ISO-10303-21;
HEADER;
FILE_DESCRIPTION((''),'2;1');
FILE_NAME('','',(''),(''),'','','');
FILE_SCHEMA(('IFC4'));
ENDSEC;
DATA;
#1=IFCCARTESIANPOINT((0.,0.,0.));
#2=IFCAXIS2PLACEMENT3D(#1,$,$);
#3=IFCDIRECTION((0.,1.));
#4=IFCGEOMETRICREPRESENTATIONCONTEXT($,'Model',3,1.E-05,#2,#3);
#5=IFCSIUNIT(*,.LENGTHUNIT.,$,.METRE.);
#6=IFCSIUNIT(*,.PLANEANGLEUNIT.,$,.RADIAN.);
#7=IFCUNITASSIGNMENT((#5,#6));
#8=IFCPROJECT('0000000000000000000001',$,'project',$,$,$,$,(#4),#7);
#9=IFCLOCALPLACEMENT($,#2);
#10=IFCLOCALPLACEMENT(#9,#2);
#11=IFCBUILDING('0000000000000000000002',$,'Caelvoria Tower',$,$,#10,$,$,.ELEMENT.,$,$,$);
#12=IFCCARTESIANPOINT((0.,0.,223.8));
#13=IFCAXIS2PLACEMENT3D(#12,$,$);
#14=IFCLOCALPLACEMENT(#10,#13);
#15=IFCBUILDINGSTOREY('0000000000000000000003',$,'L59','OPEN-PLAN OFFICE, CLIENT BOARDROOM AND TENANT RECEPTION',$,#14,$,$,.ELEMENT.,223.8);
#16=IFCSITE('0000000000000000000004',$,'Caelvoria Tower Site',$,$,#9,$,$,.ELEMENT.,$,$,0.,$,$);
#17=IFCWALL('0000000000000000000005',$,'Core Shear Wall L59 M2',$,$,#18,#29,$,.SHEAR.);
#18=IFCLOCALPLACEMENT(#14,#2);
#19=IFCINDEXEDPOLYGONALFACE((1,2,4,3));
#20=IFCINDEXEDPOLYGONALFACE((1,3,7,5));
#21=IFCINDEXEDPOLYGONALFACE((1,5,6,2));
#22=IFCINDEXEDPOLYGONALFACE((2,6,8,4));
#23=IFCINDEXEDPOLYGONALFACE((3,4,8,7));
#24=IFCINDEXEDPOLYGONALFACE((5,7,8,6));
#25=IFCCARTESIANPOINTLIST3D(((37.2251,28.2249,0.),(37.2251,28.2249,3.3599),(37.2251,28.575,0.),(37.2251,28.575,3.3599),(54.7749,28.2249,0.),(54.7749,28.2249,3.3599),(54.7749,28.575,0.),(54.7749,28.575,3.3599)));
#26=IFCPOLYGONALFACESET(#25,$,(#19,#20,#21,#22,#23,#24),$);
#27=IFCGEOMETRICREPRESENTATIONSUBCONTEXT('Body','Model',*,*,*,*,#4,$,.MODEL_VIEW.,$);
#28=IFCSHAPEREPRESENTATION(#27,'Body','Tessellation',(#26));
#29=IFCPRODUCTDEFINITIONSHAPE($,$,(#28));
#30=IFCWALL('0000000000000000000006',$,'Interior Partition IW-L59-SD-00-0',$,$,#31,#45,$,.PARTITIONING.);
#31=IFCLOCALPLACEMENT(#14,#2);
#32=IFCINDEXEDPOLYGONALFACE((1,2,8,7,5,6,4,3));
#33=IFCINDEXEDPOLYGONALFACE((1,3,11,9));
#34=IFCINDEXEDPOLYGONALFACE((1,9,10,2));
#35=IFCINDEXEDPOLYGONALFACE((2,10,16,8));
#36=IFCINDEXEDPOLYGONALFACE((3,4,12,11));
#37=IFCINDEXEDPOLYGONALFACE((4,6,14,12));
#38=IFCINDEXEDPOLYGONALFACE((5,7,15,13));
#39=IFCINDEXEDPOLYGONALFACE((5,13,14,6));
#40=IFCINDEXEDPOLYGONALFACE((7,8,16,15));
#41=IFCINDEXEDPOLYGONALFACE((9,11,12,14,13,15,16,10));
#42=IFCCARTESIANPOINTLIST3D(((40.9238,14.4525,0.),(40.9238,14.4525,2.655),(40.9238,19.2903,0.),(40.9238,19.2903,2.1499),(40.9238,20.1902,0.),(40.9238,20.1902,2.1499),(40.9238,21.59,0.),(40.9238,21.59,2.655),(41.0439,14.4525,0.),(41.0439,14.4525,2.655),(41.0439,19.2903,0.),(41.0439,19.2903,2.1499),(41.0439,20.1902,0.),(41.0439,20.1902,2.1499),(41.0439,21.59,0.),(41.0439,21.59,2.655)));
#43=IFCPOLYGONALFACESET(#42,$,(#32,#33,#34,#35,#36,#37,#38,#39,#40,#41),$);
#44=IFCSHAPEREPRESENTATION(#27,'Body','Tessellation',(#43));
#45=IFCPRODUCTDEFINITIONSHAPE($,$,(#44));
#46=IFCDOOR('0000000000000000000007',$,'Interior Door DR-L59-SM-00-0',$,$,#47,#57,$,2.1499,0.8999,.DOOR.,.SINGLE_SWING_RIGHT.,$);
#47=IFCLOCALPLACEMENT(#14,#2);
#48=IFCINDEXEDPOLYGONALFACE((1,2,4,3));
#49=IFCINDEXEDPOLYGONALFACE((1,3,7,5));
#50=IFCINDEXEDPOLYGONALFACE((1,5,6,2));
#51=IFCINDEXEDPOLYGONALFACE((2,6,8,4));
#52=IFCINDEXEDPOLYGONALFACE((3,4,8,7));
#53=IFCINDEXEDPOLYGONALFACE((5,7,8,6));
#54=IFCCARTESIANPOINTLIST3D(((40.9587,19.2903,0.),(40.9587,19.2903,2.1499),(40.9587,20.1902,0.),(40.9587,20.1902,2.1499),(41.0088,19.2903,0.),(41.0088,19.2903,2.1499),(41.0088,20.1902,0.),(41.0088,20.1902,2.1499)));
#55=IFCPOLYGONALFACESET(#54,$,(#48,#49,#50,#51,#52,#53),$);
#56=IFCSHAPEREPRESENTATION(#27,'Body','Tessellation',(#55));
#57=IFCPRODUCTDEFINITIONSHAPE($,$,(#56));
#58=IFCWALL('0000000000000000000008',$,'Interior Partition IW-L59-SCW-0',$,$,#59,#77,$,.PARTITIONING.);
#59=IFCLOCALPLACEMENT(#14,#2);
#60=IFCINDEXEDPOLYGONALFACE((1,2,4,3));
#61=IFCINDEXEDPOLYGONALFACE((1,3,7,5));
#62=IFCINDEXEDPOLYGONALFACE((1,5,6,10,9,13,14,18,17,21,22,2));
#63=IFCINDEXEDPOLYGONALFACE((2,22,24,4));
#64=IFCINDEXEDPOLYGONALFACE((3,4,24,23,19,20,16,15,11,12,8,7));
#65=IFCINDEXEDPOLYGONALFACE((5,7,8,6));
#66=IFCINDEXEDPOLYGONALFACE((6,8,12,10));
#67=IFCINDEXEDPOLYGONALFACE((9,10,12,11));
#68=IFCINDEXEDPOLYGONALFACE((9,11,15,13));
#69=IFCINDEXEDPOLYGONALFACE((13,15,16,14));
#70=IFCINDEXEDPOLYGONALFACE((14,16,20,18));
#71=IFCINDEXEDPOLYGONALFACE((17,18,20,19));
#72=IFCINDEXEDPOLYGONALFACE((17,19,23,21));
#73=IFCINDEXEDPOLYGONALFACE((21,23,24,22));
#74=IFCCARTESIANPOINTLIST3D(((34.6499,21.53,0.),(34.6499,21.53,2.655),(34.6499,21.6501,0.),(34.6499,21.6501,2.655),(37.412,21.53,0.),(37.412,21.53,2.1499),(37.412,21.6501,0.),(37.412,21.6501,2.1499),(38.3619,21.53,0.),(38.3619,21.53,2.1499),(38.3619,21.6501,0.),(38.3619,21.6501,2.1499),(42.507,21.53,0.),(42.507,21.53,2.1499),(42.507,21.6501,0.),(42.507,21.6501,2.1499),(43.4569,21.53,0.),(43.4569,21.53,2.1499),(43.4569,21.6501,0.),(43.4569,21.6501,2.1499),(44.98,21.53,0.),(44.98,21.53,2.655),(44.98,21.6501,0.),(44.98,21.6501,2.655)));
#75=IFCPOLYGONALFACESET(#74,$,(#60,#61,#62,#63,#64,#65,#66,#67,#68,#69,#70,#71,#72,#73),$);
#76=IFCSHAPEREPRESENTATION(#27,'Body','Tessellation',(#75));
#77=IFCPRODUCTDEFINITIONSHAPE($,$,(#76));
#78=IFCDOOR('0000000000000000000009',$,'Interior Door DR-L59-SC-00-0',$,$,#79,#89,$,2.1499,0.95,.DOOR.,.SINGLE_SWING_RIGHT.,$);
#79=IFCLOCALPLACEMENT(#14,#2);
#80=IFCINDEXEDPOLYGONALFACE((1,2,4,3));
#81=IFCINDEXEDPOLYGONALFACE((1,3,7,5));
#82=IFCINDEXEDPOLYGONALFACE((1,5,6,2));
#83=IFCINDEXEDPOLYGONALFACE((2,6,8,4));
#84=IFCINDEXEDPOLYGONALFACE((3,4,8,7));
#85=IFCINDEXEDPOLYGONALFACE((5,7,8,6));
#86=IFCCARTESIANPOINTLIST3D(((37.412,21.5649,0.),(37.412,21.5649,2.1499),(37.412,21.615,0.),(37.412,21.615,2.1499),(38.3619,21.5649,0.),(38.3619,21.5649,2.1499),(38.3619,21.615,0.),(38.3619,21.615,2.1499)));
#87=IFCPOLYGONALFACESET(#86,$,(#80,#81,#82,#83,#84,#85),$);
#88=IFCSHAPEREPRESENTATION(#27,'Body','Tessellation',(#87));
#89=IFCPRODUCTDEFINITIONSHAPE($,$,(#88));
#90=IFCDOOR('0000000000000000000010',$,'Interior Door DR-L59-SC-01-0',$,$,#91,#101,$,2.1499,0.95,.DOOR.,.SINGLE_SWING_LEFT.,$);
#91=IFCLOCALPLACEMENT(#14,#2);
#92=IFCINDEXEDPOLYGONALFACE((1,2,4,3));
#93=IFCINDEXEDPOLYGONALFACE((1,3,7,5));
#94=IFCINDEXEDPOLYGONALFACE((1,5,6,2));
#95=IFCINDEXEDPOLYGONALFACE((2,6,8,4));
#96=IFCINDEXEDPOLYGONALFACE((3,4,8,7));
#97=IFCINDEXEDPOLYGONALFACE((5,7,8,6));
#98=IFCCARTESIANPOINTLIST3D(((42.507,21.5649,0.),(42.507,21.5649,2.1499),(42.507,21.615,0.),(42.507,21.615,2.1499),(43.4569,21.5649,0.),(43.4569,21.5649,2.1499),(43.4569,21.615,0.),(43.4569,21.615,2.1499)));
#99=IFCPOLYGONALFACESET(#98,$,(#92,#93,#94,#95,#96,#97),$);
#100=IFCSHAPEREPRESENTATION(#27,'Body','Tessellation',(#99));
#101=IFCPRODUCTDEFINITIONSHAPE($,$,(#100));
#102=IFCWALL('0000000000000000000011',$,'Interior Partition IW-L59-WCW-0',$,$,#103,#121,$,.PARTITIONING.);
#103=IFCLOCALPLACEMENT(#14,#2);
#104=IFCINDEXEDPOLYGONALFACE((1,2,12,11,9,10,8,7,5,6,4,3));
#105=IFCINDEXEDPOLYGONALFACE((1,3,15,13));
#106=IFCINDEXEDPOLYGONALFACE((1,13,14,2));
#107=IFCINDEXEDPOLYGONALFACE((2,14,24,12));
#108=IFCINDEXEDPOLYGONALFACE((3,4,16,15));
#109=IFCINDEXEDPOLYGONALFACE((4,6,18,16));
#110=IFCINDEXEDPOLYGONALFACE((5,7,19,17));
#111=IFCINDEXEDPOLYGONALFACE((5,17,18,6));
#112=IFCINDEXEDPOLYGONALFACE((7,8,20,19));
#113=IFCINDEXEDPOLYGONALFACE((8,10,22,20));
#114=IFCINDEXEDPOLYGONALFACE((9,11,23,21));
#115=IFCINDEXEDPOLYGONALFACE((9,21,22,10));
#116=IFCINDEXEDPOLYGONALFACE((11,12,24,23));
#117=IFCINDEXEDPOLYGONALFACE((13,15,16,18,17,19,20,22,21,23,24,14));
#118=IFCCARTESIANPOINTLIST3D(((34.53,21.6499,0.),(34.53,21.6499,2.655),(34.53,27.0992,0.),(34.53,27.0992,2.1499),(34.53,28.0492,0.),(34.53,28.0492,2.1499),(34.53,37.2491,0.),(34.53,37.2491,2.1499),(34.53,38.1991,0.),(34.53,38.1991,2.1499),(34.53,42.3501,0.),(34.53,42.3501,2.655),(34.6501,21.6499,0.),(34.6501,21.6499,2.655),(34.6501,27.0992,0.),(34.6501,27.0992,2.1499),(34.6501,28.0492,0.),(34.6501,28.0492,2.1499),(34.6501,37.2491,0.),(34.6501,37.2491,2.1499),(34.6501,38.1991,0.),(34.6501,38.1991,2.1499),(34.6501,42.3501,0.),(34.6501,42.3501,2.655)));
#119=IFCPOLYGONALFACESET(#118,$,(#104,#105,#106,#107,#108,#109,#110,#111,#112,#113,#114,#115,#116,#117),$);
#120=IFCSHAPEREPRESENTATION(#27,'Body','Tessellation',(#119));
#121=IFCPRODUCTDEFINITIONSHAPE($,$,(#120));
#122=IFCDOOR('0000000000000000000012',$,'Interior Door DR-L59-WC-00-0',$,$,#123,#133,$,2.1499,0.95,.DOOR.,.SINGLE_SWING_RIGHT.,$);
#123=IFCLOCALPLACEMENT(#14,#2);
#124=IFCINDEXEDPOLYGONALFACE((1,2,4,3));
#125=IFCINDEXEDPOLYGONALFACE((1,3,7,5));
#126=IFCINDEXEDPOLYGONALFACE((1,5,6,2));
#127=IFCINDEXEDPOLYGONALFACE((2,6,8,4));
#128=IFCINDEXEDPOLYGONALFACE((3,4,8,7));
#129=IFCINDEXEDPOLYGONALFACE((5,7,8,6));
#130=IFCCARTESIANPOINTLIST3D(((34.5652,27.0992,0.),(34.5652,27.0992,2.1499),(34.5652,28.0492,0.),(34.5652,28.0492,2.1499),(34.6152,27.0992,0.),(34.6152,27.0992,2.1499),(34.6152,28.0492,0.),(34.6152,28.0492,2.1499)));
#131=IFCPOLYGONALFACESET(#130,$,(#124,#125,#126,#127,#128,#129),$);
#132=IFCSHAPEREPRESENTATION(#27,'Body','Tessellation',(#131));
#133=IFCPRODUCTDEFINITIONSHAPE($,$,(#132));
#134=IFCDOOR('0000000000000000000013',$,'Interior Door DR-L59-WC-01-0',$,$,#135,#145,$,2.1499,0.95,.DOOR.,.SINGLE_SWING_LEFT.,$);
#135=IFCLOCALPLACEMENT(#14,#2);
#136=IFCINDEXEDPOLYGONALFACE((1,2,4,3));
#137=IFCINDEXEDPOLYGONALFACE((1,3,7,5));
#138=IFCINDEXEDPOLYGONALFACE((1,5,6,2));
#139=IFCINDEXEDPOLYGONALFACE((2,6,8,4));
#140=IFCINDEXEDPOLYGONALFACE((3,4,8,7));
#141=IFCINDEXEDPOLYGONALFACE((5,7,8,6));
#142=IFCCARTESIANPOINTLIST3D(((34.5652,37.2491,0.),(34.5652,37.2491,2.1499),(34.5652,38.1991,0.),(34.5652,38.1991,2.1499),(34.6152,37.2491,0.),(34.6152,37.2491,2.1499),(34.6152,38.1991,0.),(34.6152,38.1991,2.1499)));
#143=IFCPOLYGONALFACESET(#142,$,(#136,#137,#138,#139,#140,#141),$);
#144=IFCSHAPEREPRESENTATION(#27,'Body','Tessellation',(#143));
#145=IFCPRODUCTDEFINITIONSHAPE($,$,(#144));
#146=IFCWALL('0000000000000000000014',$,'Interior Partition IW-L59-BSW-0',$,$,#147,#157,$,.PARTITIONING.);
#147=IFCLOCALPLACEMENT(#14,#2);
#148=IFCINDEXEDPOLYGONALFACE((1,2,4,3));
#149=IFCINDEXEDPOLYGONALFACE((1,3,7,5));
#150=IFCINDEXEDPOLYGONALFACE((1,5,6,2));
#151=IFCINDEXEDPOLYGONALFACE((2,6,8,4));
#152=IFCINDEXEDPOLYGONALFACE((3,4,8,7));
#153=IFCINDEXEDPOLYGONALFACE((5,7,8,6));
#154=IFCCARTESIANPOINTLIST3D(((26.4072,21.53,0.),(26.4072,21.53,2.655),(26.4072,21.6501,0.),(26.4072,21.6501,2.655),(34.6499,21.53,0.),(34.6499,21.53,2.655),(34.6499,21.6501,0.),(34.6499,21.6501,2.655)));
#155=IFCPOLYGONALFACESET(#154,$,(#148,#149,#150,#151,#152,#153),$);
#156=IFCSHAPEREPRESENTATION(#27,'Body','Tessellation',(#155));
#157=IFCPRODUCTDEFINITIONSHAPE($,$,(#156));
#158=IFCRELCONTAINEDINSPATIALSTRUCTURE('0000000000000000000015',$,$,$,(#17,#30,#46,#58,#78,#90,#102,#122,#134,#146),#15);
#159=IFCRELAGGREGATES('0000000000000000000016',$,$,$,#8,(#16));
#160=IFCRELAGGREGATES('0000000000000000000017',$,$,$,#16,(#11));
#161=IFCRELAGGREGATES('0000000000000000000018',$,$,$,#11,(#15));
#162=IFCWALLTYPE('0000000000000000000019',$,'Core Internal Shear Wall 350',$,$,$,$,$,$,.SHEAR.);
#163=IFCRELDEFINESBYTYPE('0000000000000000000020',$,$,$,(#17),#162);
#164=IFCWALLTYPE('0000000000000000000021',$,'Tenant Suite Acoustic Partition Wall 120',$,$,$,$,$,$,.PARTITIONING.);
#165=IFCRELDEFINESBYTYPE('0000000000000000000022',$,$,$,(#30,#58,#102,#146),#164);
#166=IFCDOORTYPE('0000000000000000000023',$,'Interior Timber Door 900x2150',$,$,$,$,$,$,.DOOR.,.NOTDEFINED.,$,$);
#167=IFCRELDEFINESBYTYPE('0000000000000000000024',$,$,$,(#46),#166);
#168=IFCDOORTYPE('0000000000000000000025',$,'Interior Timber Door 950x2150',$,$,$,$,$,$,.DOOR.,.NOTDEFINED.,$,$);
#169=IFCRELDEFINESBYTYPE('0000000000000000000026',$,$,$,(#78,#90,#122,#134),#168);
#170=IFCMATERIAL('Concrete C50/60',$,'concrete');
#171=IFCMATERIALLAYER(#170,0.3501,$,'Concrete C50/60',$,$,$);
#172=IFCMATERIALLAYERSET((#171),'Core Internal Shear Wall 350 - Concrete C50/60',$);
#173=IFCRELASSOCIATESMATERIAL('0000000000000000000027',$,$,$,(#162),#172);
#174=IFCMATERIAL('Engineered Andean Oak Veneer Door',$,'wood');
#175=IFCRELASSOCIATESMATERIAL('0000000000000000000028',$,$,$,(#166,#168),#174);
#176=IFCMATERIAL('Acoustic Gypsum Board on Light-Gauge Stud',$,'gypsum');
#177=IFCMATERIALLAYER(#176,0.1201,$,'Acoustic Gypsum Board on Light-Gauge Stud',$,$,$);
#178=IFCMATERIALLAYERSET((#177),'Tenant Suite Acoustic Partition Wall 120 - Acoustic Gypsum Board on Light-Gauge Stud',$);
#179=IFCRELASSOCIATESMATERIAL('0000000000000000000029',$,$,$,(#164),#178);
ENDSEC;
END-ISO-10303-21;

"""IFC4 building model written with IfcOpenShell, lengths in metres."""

from ifc_helpers import new_model, si_unit, direction, frame, frame_2d, origin, place, context, subcontext, project, spatial, rectangle, extrude, material, layer, layer_set, type_object, element, fill, save


model = new_model("IFC4")

# Units and contexts
model_context = context("Model", 3, precision=1e-05, world=origin(), true_north=direction((0.0, 1.0)))
body_context = subcontext(model_context, "Body", "Model", "MODEL_VIEW")
ifc_project = project(units=[si_unit("LENGTHUNIT", "METRE"), si_unit("PLANEANGLEUNIT", "RADIAN")], contexts=[model_context])

# Site, building, storey
site_placement = place(None, origin())
site = spatial("IfcSite", under=ifc_project, at=site_placement, Name="Caelvoria Tower Site", CompositionType="ELEMENT", RefElevation=0.0)
building_placement = place(site_placement, origin())
building = spatial("IfcBuilding", under=site, at=building_placement, Name="Caelvoria Tower", CompositionType="ELEMENT")
storey_placement = place(building_placement, frame((0.0, 0.0, 223.8)))
storey = spatial("IfcBuildingStorey", under=building, at=storey_placement, Name="L59", Description="OPEN-PLAN OFFICE, CLIENT BOARDROOM AND TENANT RECEPTION", CompositionType="ELEMENT", Elevation=223.8)

# Wall
ifc_material_1 = material(Name="Concrete C50/60", Category="concrete")
ifc_layer_1 = layer(ifc_material_1, 0.3501, Name="Concrete C50/60")
ifc_layer_set_1 = layer_set([ifc_layer_1], Name="Core Internal Shear Wall 350 - Concrete C50/60")
wall_type_1 = type_object("IfcWallType", Name="Core Internal Shear Wall 350", PredefinedType="SHEAR", material=ifc_layer_set_1)
wall_1_placement = place(storey_placement, frame((37.2251, 28.3999, 0.0), z_axis=(0.0, 0.0, 1.0), x_axis=(1.0, 0.0, 0.0)))
element("IfcWall", 1, at=wall_1_placement, inside=storey, type_object=wall_type_1, Name="Core Shear Wall L59 M2", PredefinedType="SHEAR", context=body_context, shape_type="SweptSolid", body=[
    extrude(rectangle(XDim=17.5498, YDim=0.3501, at=frame_2d((8.7749, 0.0))), origin(), (0.0, 0.0, 1.0), 3.3599),
])

# Wall, opening, door
ifc_material_2 = material(Name="Engineered Andean Oak Veneer Door", Category="wood")
door_type_1 = type_object("IfcDoorType", Name="Interior Timber Door 900x2150", OperationType="NOTDEFINED", PredefinedType="DOOR", material=ifc_material_2)
ifc_material_3 = material(Name="Acoustic Gypsum Board on Light-Gauge Stud", Category="gypsum")
ifc_layer_2 = layer(ifc_material_3, 0.1201, Name="Acoustic Gypsum Board on Light-Gauge Stud")
ifc_layer_set_2 = layer_set([ifc_layer_2], Name="Tenant Suite Acoustic Partition Wall 120 - Acoustic Gypsum Board on Light-Gauge Stud")
wall_type_2 = type_object("IfcWallType", Name="Tenant Suite Acoustic Partition Wall 120", PredefinedType="PARTITIONING", material=ifc_layer_set_2)
wall_2_placement = place(storey_placement, frame((40.9839, 21.5901, 0.0), z_axis=(0.0, 0.0, 1.0), x_axis=(0.0, -1.0, 0.0)))
wall_2 = element("IfcWall", 2, at=wall_2_placement, inside=storey, type_object=wall_type_2, Name="Interior Partition IW-L59-SD-00-0", PredefinedType="PARTITIONING", context=body_context, shape_type="SweptSolid", body=[
    extrude(rectangle(XDim=7.1375, YDim=0.1201, at=frame_2d((3.5688, 0.0))), origin(), (0.0, 0.0, 1.0), 2.655),
])
opening_1_placement = place(wall_2_placement, frame((1.3999, 0.0, 0.0)))
opening_1 = element("IfcOpeningElement", 3, at=opening_1_placement, cuts=wall_2, PredefinedType="OPENING", context=body_context, shape_type="SweptSolid", body=[
    extrude(rectangle(XDim=0.8999, YDim=2.1499, at=frame_2d((0.45, 1.075))), frame((0.0, 0.0701, 0.0), z_axis=(0.0, -1.0, 0.0), x_axis=(1.0, 0.0, 0.0)), (0.0, 0.0, 1.0), 0.1401),
])
door_1_placement = place(opening_1_placement, origin())
door_1 = element("IfcDoor", 4, at=door_1_placement, inside=storey, type_object=door_type_1, Name="Interior Door DR-L59-SM-00-0", OperationType="SINGLE_SWING_RIGHT", OverallHeight=2.1499, OverallWidth=0.8999, PredefinedType="DOOR", context=body_context, shape_type="SweptSolid", body=[
    extrude(rectangle(XDim=0.8999, YDim=2.1499, at=frame_2d((0.45, 1.075))), frame((0.0, 0.0249, 0.0), z_axis=(0.0, -1.0, 0.0), x_axis=(1.0, 0.0, 0.0)), (0.0, 0.0, 1.0), 0.05),
])
fill(opening_1, door_1)

# Walls, openings, doors
wall_3_placement = place(storey_placement, frame((34.6499, 21.5901, 0.0), z_axis=(0.0, 0.0, 1.0), x_axis=(1.0, 0.0, 0.0)))
wall_3 = element("IfcWall", 5, at=wall_3_placement, inside=storey, type_object=wall_type_2, Name="Interior Partition IW-L59-SCW-0", PredefinedType="PARTITIONING", context=body_context, shape_type="SweptSolid", body=[
    extrude(rectangle(XDim=10.3301, YDim=0.1201, at=frame_2d((5.165, 0.0))), origin(), (0.0, 0.0, 1.0), 2.655),
])
opening_2_placement = place(wall_3_placement, frame((2.762, 0.0, 0.0)))
opening_2 = element("IfcOpeningElement", 6, at=opening_2_placement, cuts=wall_3, PredefinedType="OPENING", context=body_context, shape_type="SweptSolid", body=[
    extrude(rectangle(XDim=0.95, YDim=2.1499, at=frame_2d((0.4751, 1.075))), frame((0.0, 0.0701, 0.0), z_axis=(0.0, -1.0, 0.0), x_axis=(1.0, 0.0, 0.0)), (0.0, 0.0, 1.0), 0.1401),
])
opening_3_placement = place(wall_3_placement, frame((7.8569, 0.0, 0.0)))
opening_3 = element("IfcOpeningElement", 7, at=opening_3_placement, cuts=wall_3, PredefinedType="OPENING", context=body_context, shape_type="SweptSolid", body=[
    extrude(rectangle(XDim=0.95, YDim=2.1499, at=frame_2d((0.4751, 1.075))), frame((0.0, 0.0701, 0.0), z_axis=(0.0, -1.0, 0.0), x_axis=(1.0, 0.0, 0.0)), (0.0, 0.0, 1.0), 0.1401),
])
door_type_2 = type_object("IfcDoorType", Name="Interior Timber Door 950x2150", OperationType="NOTDEFINED", PredefinedType="DOOR", material=ifc_material_2)
door_2_placement = place(opening_2_placement, origin())
door_2 = element("IfcDoor", 8, at=door_2_placement, inside=storey, type_object=door_type_2, Name="Interior Door DR-L59-SC-00-0", OperationType="SINGLE_SWING_RIGHT", OverallHeight=2.1499, OverallWidth=0.95, PredefinedType="DOOR", context=body_context, shape_type="SweptSolid", body=[
    extrude(rectangle(XDim=0.95, YDim=2.1499, at=frame_2d((0.4751, 1.075))), frame((0.0, 0.0249, 0.0), z_axis=(0.0, -1.0, 0.0), x_axis=(1.0, 0.0, 0.0)), (0.0, 0.0, 1.0), 0.05),
])
fill(opening_2, door_2)
door_3_placement = place(opening_3_placement, origin())
door_3 = element("IfcDoor", 9, at=door_3_placement, inside=storey, type_object=door_type_2, Name="Interior Door DR-L59-SC-01-0", OperationType="SINGLE_SWING_LEFT", OverallHeight=2.1499, OverallWidth=0.95, PredefinedType="DOOR", context=body_context, shape_type="SweptSolid", body=[
    extrude(rectangle(XDim=0.95, YDim=2.1499, at=frame_2d((0.4751, 1.075))), frame((0.0, 0.0249, 0.0), z_axis=(0.0, -1.0, 0.0), x_axis=(1.0, 0.0, 0.0)), (0.0, 0.0, 1.0), 0.05),
])
fill(opening_3, door_3)
wall_4_placement = place(storey_placement, frame((34.5901, 21.6499, 0.0), z_axis=(0.0, 0.0, 1.0), x_axis=(0.0, 1.0, 0.0)))
wall_4 = element("IfcWall", 10, at=wall_4_placement, inside=storey, type_object=wall_type_2, Name="Interior Partition IW-L59-WCW-0", PredefinedType="PARTITIONING", context=body_context, shape_type="SweptSolid", body=[
    extrude(rectangle(XDim=20.7002, YDim=0.1201, at=frame_2d((10.3501, 0.0))), origin(), (0.0, 0.0, 1.0), 2.655),
])
opening_4_placement = place(wall_4_placement, frame((5.4492, 0.0, 0.0)))
opening_4 = element("IfcOpeningElement", 11, at=opening_4_placement, cuts=wall_4, PredefinedType="OPENING", context=body_context, shape_type="SweptSolid", body=[
    extrude(rectangle(XDim=0.95, YDim=2.1499, at=frame_2d((0.4751, 1.075))), frame((0.0, 0.0701, 0.0), z_axis=(0.0, -1.0, 0.0), x_axis=(1.0, 0.0, 0.0)), (0.0, 0.0, 1.0), 0.1401),
])
opening_5_placement = place(wall_4_placement, frame((15.5991, 0.0, 0.0)))
opening_5 = element("IfcOpeningElement", 12, at=opening_5_placement, cuts=wall_4, PredefinedType="OPENING", context=body_context, shape_type="SweptSolid", body=[
    extrude(rectangle(XDim=0.95, YDim=2.1499, at=frame_2d((0.4751, 1.075))), frame((0.0, 0.0701, 0.0), z_axis=(0.0, -1.0, 0.0), x_axis=(1.0, 0.0, 0.0)), (0.0, 0.0, 1.0), 0.1401),
])
door_4_placement = place(opening_4_placement, origin())
door_4 = element("IfcDoor", 13, at=door_4_placement, inside=storey, type_object=door_type_2, Name="Interior Door DR-L59-WC-00-0", OperationType="SINGLE_SWING_RIGHT", OverallHeight=2.1499, OverallWidth=0.95, PredefinedType="DOOR", context=body_context, shape_type="SweptSolid", body=[
    extrude(rectangle(XDim=0.95, YDim=2.1499, at=frame_2d((0.4751, 1.075))), frame((0.0, 0.0249, 0.0), z_axis=(0.0, -1.0, 0.0), x_axis=(1.0, 0.0, 0.0)), (0.0, 0.0, 1.0), 0.05),
])
fill(opening_4, door_4)
door_5_placement = place(opening_5_placement, origin())
door_5 = element("IfcDoor", 14, at=door_5_placement, inside=storey, type_object=door_type_2, Name="Interior Door DR-L59-WC-01-0", OperationType="SINGLE_SWING_LEFT", OverallHeight=2.1499, OverallWidth=0.95, PredefinedType="DOOR", context=body_context, shape_type="SweptSolid", body=[
    extrude(rectangle(XDim=0.95, YDim=2.1499, at=frame_2d((0.4751, 1.075))), frame((0.0, 0.0249, 0.0), z_axis=(0.0, -1.0, 0.0), x_axis=(1.0, 0.0, 0.0)), (0.0, 0.0, 1.0), 0.05),
])
fill(opening_5, door_5)

# Wall
wall_5_placement = place(storey_placement, frame((34.6499, 21.5901, 0.0), z_axis=(0.0, 0.0, 1.0), x_axis=(-1.0, 0.0, 0.0)))
element("IfcWall", 15, at=wall_5_placement, inside=storey, type_object=wall_type_2, Name="Interior Partition IW-L59-BSW-0", PredefinedType="PARTITIONING", context=body_context, shape_type="SweptSolid", body=[
    extrude(rectangle(XDim=8.2427, YDim=0.1201, at=frame_2d((4.1213, 0.0))), origin(), (0.0, 0.0, 1.0), 2.655),
])

save(model, "model.ifc")
